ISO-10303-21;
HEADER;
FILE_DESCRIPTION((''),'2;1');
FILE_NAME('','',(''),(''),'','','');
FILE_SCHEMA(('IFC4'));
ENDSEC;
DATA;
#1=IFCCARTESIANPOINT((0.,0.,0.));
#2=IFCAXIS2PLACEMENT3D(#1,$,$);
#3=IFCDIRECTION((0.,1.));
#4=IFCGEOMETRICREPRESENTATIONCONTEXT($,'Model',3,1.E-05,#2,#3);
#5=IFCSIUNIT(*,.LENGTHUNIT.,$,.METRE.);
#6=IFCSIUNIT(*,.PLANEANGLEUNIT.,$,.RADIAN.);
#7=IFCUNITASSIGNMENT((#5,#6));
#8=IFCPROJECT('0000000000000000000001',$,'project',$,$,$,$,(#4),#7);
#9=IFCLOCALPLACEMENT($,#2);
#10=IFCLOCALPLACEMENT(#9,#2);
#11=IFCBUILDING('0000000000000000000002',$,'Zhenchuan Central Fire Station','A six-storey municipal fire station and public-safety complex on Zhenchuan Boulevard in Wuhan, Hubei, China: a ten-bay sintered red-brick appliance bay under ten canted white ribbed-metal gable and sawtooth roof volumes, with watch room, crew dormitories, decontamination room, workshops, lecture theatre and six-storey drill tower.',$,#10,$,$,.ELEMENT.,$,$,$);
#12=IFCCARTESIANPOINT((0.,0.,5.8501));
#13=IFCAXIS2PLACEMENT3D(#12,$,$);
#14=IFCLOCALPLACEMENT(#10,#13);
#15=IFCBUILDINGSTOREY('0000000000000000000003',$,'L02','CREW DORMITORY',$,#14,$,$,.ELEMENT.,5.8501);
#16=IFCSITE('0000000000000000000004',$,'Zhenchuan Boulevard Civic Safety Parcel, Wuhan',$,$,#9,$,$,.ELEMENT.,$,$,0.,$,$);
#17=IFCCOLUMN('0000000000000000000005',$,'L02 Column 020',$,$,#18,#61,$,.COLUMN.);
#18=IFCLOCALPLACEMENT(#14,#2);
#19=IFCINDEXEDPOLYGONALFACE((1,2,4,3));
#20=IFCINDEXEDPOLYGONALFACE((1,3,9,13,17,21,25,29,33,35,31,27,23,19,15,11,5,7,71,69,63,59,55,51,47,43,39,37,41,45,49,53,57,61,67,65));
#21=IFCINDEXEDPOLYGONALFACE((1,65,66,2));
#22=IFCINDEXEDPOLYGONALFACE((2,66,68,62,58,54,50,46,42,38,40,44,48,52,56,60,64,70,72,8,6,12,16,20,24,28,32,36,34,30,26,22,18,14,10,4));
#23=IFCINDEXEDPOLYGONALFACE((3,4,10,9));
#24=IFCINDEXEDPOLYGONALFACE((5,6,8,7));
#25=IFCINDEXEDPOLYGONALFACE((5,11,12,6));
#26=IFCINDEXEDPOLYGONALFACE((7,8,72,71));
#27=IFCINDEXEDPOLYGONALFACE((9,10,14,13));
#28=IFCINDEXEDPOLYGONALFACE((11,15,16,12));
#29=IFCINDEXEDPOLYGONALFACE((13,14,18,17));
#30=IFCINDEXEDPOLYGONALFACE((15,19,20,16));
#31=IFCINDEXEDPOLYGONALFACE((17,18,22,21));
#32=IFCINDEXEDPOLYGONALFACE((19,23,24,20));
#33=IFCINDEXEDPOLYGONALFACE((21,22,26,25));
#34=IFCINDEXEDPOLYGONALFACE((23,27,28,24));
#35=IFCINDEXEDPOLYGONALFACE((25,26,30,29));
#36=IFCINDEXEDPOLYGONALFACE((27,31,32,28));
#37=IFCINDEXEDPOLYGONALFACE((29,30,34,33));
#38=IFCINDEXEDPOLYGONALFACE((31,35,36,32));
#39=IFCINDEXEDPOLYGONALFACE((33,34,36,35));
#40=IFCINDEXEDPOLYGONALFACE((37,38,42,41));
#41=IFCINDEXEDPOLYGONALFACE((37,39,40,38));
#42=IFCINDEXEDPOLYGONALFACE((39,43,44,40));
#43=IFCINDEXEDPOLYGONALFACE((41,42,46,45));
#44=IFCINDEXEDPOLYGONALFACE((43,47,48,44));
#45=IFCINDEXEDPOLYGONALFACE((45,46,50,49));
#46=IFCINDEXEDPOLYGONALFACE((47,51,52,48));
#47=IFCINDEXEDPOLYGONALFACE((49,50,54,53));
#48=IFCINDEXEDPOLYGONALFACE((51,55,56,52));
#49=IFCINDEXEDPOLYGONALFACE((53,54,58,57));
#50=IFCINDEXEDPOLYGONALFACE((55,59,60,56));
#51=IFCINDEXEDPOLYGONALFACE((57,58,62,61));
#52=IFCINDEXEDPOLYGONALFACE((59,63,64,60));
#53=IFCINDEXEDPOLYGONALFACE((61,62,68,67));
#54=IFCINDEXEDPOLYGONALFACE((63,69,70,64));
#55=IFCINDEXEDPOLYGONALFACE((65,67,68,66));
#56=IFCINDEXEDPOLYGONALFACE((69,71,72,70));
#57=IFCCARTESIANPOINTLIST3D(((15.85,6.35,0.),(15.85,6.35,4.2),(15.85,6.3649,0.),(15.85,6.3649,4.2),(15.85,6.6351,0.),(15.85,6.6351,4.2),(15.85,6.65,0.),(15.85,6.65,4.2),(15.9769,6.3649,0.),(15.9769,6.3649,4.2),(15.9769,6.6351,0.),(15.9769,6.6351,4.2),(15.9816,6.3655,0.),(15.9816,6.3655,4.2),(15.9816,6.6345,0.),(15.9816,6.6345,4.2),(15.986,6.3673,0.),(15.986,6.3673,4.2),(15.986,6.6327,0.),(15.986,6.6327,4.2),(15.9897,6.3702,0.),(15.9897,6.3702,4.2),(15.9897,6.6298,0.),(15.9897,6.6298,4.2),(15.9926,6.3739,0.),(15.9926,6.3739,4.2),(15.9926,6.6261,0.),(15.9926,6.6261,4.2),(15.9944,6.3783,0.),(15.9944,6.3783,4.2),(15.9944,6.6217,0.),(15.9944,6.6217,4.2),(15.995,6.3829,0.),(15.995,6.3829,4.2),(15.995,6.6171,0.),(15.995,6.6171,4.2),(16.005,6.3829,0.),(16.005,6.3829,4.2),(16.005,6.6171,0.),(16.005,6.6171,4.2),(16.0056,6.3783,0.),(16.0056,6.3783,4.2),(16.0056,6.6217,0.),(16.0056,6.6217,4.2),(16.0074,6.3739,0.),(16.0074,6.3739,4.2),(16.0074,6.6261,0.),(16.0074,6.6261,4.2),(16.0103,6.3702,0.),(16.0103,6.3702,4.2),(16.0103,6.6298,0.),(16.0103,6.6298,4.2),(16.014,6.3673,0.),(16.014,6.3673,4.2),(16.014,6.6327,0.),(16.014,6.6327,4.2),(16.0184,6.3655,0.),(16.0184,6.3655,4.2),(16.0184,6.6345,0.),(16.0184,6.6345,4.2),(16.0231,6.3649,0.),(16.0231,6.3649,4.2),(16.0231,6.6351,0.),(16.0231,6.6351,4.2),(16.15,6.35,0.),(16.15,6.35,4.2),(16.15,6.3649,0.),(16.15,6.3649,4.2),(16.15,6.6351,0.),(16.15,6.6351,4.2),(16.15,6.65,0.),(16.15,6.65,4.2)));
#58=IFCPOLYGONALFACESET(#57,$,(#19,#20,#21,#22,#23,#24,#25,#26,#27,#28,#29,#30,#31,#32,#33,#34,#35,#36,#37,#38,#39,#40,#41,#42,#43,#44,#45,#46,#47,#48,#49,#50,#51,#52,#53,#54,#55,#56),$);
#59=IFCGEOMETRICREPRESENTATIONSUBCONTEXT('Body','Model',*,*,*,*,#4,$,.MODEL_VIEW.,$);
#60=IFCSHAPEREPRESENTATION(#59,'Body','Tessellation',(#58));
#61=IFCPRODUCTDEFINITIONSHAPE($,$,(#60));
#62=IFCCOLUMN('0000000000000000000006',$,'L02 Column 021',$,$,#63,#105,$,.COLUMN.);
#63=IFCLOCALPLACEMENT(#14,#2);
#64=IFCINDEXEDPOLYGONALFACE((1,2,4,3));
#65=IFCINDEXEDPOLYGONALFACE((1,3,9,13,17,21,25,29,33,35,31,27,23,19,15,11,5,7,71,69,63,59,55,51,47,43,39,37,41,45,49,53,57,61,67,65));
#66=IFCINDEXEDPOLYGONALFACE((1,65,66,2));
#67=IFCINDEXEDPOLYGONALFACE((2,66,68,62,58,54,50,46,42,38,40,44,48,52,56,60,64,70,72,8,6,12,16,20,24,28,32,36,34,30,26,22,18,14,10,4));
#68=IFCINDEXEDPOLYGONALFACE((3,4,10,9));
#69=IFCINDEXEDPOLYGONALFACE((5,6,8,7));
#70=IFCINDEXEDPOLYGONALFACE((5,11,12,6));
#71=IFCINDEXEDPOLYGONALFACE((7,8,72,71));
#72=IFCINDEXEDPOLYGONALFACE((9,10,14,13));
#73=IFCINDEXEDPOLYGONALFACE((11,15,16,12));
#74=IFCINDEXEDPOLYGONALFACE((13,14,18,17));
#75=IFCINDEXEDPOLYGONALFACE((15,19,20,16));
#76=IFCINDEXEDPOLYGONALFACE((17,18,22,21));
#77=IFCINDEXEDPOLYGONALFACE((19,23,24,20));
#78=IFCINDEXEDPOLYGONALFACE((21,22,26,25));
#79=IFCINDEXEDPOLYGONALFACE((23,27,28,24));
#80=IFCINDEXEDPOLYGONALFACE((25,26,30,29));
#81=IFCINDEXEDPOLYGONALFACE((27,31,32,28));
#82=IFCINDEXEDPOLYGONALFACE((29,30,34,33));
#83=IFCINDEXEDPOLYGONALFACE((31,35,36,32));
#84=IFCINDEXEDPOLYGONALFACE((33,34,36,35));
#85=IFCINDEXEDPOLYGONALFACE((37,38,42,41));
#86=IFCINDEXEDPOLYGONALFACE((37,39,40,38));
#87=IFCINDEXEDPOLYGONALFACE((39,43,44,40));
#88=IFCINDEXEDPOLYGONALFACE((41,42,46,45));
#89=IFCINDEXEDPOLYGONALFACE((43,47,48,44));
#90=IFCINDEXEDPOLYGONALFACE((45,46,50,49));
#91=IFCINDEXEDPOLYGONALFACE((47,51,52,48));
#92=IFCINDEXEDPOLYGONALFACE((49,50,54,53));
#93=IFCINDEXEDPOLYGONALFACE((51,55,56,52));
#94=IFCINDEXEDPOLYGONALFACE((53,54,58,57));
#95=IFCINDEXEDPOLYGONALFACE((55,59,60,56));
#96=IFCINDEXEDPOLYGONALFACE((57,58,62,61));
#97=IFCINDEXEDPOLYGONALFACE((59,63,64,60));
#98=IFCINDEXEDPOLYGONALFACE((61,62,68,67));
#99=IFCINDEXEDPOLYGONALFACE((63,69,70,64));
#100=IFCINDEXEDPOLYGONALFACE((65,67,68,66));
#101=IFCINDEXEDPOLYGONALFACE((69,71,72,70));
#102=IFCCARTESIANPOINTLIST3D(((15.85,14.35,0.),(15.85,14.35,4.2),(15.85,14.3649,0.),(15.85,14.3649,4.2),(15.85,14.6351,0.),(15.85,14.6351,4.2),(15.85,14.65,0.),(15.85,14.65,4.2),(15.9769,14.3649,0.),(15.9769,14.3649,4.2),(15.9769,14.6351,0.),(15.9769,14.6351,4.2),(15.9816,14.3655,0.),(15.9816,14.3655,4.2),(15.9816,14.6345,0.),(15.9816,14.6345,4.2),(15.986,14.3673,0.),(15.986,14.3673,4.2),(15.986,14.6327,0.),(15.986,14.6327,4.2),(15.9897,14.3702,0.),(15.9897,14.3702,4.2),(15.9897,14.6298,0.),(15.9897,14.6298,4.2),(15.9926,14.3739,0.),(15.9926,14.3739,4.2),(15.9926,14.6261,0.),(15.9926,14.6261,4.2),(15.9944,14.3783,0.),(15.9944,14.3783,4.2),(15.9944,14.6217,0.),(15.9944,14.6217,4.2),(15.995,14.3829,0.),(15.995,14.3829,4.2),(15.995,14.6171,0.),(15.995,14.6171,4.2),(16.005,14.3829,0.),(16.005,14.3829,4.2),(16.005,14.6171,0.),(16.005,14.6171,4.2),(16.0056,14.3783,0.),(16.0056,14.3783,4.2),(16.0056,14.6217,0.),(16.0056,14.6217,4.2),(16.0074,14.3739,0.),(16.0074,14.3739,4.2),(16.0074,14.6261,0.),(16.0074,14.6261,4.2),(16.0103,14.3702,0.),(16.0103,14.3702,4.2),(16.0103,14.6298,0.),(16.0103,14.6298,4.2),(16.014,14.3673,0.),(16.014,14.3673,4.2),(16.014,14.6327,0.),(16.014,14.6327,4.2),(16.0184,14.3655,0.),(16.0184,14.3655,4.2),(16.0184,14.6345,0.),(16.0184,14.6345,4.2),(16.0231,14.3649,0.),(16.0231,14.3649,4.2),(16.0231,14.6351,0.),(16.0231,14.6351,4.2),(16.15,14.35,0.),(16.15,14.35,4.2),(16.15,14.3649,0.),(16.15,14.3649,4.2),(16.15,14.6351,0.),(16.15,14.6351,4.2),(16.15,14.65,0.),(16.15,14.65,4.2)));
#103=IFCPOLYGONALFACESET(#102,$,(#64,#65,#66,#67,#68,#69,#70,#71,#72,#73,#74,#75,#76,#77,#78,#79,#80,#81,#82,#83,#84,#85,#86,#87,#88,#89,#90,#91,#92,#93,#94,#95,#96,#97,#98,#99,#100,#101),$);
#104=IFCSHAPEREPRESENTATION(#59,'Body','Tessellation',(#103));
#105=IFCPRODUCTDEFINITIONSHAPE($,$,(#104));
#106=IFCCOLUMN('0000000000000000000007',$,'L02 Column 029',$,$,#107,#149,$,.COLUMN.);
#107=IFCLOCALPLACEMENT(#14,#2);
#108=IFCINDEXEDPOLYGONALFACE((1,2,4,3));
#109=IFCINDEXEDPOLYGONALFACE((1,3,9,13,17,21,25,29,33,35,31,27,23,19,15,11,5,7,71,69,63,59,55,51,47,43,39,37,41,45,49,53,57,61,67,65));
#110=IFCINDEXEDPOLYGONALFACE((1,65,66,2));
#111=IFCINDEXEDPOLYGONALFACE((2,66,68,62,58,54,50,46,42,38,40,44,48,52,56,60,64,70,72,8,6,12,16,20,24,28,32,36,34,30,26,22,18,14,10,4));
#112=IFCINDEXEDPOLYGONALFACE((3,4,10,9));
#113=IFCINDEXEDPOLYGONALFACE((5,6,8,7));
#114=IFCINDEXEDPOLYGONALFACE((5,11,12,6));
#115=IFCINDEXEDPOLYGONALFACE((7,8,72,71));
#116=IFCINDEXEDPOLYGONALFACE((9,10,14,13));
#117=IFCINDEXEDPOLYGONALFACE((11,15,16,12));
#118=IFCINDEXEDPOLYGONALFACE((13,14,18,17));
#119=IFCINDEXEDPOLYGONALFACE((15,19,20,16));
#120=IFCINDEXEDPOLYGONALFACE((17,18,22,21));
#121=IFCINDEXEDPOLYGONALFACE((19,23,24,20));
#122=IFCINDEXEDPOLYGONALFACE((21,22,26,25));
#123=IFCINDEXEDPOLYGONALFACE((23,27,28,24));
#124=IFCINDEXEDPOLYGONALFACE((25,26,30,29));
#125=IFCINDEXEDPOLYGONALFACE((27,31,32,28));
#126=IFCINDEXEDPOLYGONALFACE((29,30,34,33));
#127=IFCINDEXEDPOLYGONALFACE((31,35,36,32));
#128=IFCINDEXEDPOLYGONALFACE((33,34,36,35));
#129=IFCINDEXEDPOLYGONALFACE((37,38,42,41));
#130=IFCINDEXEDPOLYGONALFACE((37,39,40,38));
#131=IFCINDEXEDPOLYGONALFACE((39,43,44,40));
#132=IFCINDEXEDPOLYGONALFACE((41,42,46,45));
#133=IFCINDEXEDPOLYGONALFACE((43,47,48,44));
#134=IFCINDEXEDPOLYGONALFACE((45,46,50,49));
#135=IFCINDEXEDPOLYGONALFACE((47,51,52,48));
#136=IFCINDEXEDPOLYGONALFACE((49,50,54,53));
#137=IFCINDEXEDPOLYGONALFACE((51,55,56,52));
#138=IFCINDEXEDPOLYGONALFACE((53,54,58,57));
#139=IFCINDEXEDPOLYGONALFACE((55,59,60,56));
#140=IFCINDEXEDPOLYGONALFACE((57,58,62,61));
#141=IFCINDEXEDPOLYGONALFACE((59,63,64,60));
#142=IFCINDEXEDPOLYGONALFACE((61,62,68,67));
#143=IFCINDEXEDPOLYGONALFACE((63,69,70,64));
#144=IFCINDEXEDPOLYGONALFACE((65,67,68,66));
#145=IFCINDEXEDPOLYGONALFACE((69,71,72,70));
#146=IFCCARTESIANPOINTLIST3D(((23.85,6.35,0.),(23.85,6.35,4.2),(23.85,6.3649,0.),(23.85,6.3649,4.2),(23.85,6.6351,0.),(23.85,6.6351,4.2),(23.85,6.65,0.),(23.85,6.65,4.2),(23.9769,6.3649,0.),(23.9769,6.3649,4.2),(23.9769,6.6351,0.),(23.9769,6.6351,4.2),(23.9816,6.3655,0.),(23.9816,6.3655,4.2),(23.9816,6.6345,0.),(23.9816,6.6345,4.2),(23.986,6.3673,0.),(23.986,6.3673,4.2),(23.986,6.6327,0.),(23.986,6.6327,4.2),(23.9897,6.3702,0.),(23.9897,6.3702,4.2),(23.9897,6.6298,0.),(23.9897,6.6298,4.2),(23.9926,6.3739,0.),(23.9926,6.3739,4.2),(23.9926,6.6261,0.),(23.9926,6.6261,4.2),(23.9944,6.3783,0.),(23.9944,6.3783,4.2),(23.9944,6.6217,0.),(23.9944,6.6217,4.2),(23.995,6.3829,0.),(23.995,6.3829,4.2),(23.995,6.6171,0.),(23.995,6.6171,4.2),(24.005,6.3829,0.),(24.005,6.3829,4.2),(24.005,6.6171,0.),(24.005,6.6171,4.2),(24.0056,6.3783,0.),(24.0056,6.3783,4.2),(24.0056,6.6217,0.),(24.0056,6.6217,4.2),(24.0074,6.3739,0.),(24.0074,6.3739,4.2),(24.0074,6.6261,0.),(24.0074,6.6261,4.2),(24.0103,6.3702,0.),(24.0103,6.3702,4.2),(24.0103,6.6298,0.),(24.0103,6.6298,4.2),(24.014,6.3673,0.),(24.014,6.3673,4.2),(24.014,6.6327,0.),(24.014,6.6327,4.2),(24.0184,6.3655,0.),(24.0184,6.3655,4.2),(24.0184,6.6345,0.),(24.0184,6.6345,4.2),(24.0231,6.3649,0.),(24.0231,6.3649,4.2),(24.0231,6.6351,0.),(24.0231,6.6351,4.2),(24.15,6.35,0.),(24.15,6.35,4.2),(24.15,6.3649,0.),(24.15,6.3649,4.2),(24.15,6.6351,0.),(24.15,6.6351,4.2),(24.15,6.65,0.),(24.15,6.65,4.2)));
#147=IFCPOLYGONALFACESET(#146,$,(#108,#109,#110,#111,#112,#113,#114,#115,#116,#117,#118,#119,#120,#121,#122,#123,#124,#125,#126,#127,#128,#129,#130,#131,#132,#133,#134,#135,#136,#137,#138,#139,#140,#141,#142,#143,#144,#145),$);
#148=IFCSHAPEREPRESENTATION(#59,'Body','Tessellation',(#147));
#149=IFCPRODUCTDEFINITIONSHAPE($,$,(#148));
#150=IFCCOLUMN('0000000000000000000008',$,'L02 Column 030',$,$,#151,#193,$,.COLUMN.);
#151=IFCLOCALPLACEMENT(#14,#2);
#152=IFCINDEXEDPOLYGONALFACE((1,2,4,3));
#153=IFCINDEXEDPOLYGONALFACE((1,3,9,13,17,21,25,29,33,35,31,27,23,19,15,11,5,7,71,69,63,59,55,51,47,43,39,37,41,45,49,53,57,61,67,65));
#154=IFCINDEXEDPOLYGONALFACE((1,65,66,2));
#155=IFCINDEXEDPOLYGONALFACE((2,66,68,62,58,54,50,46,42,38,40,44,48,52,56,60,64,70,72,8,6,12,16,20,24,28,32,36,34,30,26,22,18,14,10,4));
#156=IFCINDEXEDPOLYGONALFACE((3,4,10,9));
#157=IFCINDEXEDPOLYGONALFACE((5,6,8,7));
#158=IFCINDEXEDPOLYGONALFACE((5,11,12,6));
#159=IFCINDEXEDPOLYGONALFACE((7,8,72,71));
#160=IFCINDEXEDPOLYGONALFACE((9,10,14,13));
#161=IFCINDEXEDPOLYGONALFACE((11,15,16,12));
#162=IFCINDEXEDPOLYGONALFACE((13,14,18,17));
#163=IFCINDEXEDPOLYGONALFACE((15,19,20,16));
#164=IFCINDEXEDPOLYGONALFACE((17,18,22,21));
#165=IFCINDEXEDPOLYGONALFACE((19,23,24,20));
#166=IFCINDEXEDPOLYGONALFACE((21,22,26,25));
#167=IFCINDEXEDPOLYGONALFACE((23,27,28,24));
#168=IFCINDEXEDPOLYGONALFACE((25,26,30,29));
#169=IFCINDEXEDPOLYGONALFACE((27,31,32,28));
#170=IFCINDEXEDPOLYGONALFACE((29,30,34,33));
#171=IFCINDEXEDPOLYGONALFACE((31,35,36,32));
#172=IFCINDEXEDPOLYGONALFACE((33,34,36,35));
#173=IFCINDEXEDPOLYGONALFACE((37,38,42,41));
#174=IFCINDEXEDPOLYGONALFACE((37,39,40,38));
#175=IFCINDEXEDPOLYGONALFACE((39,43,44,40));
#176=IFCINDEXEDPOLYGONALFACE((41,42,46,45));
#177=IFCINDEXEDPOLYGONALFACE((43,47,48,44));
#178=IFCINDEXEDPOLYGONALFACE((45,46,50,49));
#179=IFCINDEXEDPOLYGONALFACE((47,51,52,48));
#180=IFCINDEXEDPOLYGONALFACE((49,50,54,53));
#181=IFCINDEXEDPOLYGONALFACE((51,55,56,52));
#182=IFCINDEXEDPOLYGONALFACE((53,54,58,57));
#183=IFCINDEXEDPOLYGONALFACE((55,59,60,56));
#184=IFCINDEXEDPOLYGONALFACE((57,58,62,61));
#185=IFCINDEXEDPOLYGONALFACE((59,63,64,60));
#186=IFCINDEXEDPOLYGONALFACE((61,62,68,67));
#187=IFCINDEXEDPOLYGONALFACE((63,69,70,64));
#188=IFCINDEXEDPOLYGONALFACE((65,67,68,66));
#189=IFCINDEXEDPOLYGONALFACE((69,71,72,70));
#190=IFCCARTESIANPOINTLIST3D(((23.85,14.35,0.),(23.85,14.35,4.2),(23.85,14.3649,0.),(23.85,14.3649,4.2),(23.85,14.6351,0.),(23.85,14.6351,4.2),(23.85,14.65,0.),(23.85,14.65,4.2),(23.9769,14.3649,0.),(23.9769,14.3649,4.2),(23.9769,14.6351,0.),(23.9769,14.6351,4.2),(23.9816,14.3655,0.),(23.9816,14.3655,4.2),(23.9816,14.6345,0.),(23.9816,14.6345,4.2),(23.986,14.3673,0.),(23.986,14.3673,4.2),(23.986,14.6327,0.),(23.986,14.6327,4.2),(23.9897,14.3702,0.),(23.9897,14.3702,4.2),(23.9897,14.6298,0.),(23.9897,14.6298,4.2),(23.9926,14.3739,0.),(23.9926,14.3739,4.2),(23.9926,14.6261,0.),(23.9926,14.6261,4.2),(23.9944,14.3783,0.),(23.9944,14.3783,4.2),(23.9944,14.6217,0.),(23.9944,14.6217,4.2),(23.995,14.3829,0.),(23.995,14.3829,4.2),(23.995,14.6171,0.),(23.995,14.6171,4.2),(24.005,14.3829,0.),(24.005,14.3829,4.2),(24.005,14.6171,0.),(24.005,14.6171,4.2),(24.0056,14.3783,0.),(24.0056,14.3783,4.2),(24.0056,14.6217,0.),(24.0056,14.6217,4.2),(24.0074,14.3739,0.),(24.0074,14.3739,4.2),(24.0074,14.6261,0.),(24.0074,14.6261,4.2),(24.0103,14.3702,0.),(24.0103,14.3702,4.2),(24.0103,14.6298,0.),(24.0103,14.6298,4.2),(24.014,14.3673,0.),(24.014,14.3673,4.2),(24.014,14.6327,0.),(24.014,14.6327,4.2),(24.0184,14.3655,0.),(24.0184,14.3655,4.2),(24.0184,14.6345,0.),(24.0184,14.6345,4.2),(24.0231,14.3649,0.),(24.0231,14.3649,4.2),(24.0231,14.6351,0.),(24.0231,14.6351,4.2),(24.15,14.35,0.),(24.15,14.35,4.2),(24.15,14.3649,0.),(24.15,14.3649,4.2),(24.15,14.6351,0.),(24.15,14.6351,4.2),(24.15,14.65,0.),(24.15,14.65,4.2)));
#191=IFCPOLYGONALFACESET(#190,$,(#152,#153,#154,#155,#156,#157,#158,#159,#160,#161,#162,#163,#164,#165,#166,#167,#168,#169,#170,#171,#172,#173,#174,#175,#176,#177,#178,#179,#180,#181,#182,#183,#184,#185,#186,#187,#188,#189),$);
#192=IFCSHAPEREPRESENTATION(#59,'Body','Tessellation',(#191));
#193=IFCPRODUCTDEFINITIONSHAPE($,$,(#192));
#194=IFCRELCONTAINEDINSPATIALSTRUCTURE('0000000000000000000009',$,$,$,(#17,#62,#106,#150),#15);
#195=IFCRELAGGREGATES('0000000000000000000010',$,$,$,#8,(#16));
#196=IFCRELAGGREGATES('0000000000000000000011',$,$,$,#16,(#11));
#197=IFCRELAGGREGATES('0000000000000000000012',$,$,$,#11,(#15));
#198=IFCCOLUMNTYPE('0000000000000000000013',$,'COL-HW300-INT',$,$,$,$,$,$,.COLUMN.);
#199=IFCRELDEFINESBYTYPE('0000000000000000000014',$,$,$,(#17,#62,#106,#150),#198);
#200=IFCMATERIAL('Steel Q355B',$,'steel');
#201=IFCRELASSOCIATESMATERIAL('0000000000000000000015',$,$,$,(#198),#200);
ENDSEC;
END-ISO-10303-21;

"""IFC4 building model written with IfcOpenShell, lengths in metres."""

from ifc_helpers import new_model, si_unit, direction, frame, origin, origin_2d, place, context, subcontext, project, spatial, i_section, extrude, material, material_profile, profile_set, type_object, element, save


model = new_model("IFC4")

# Units and contexts
model_context = context("Model", 3, precision=1e-05, world=origin(), true_north=direction((0.0, 1.0)))
body_context = subcontext(model_context, "Body", "Model", "MODEL_VIEW")
ifc_project = project(units=[si_unit("LENGTHUNIT", "METRE"), si_unit("PLANEANGLEUNIT", "RADIAN")], contexts=[model_context])

# Site, building, storey
site_placement = place(None, origin())
site = spatial("IfcSite", under=ifc_project, at=site_placement, Name="Zhenchuan Boulevard Civic Safety Parcel, Wuhan", CompositionType="ELEMENT", RefElevation=0.0)
building_placement = place(site_placement, origin())
building = spatial("IfcBuilding", under=site, at=building_placement, Name="Zhenchuan Central Fire Station", Description="A six-storey municipal fire station and public-safety complex on Zhenchuan Boulevard in Wuhan, Hubei, China: a ten-bay sintered red-brick appliance bay under ten canted white ribbed-metal gable and sawtooth roof volumes, with watch room, crew dormitories, decontamination room, workshops, lecture theatre and six-storey drill tower.", CompositionType="ELEMENT")
storey_placement = place(building_placement, frame((0.0, 0.0, 5.8501)))
storey = spatial("IfcBuildingStorey", under=building, at=storey_placement, Name="L02", Description="CREW DORMITORY", CompositionType="ELEMENT", Elevation=5.8501)

# Columns
ifc_material_1 = material(Name="Steel Q355B", Category="steel")
ifc_material_profile_1 = material_profile(ifc_material_1, i_section(OverallWidth=0.3, OverallDepth=0.3, WebThickness=0.01, FlangeThickness=0.0149, FilletRadius=0.0181, at=origin_2d()), Name="HW 300x300")
ifc_profile_set_1 = profile_set([ifc_material_profile_1], Name="Steel Q355B")
column_type = type_object("IfcColumnType", Name="COL-HW300-INT", PredefinedType="COLUMN", material=ifc_profile_set_1)
for number, where, z_axis, x_axis, name in (
    (1, (16.0, 6.5, 0.0), (0.0, 0.0, 1.0), (1.0, 0.0, 0.0), "L02 Column 020"),
    (2, (16.0, 14.5, 0.0), (0.0, 0.0, 1.0), (1.0, 0.0, 0.0), "L02 Column 021"),
    (3, (24.0, 6.5, 0.0), (0.0, 0.0, 1.0), (1.0, 0.0, 0.0), "L02 Column 029"),
    (4, (24.0, 14.5, 0.0), (0.0, 0.0, 1.0), (1.0, 0.0, 0.0), "L02 Column 030"),
):
    element("IfcColumn", number, at=place(storey_placement, frame(where, z_axis=z_axis, x_axis=x_axis)), inside=storey, type_object=column_type, Name=name, PredefinedType="COLUMN", context=body_context, shape_type="SweptSolid", body=[
        extrude(i_section(OverallWidth=0.3, OverallDepth=0.3, WebThickness=0.01, FlangeThickness=0.0149, FilletRadius=0.0181, at=origin_2d()), origin(), (0.0, 0.0, 1.0), 4.2),
    ])

save(model, "model.ifc")
